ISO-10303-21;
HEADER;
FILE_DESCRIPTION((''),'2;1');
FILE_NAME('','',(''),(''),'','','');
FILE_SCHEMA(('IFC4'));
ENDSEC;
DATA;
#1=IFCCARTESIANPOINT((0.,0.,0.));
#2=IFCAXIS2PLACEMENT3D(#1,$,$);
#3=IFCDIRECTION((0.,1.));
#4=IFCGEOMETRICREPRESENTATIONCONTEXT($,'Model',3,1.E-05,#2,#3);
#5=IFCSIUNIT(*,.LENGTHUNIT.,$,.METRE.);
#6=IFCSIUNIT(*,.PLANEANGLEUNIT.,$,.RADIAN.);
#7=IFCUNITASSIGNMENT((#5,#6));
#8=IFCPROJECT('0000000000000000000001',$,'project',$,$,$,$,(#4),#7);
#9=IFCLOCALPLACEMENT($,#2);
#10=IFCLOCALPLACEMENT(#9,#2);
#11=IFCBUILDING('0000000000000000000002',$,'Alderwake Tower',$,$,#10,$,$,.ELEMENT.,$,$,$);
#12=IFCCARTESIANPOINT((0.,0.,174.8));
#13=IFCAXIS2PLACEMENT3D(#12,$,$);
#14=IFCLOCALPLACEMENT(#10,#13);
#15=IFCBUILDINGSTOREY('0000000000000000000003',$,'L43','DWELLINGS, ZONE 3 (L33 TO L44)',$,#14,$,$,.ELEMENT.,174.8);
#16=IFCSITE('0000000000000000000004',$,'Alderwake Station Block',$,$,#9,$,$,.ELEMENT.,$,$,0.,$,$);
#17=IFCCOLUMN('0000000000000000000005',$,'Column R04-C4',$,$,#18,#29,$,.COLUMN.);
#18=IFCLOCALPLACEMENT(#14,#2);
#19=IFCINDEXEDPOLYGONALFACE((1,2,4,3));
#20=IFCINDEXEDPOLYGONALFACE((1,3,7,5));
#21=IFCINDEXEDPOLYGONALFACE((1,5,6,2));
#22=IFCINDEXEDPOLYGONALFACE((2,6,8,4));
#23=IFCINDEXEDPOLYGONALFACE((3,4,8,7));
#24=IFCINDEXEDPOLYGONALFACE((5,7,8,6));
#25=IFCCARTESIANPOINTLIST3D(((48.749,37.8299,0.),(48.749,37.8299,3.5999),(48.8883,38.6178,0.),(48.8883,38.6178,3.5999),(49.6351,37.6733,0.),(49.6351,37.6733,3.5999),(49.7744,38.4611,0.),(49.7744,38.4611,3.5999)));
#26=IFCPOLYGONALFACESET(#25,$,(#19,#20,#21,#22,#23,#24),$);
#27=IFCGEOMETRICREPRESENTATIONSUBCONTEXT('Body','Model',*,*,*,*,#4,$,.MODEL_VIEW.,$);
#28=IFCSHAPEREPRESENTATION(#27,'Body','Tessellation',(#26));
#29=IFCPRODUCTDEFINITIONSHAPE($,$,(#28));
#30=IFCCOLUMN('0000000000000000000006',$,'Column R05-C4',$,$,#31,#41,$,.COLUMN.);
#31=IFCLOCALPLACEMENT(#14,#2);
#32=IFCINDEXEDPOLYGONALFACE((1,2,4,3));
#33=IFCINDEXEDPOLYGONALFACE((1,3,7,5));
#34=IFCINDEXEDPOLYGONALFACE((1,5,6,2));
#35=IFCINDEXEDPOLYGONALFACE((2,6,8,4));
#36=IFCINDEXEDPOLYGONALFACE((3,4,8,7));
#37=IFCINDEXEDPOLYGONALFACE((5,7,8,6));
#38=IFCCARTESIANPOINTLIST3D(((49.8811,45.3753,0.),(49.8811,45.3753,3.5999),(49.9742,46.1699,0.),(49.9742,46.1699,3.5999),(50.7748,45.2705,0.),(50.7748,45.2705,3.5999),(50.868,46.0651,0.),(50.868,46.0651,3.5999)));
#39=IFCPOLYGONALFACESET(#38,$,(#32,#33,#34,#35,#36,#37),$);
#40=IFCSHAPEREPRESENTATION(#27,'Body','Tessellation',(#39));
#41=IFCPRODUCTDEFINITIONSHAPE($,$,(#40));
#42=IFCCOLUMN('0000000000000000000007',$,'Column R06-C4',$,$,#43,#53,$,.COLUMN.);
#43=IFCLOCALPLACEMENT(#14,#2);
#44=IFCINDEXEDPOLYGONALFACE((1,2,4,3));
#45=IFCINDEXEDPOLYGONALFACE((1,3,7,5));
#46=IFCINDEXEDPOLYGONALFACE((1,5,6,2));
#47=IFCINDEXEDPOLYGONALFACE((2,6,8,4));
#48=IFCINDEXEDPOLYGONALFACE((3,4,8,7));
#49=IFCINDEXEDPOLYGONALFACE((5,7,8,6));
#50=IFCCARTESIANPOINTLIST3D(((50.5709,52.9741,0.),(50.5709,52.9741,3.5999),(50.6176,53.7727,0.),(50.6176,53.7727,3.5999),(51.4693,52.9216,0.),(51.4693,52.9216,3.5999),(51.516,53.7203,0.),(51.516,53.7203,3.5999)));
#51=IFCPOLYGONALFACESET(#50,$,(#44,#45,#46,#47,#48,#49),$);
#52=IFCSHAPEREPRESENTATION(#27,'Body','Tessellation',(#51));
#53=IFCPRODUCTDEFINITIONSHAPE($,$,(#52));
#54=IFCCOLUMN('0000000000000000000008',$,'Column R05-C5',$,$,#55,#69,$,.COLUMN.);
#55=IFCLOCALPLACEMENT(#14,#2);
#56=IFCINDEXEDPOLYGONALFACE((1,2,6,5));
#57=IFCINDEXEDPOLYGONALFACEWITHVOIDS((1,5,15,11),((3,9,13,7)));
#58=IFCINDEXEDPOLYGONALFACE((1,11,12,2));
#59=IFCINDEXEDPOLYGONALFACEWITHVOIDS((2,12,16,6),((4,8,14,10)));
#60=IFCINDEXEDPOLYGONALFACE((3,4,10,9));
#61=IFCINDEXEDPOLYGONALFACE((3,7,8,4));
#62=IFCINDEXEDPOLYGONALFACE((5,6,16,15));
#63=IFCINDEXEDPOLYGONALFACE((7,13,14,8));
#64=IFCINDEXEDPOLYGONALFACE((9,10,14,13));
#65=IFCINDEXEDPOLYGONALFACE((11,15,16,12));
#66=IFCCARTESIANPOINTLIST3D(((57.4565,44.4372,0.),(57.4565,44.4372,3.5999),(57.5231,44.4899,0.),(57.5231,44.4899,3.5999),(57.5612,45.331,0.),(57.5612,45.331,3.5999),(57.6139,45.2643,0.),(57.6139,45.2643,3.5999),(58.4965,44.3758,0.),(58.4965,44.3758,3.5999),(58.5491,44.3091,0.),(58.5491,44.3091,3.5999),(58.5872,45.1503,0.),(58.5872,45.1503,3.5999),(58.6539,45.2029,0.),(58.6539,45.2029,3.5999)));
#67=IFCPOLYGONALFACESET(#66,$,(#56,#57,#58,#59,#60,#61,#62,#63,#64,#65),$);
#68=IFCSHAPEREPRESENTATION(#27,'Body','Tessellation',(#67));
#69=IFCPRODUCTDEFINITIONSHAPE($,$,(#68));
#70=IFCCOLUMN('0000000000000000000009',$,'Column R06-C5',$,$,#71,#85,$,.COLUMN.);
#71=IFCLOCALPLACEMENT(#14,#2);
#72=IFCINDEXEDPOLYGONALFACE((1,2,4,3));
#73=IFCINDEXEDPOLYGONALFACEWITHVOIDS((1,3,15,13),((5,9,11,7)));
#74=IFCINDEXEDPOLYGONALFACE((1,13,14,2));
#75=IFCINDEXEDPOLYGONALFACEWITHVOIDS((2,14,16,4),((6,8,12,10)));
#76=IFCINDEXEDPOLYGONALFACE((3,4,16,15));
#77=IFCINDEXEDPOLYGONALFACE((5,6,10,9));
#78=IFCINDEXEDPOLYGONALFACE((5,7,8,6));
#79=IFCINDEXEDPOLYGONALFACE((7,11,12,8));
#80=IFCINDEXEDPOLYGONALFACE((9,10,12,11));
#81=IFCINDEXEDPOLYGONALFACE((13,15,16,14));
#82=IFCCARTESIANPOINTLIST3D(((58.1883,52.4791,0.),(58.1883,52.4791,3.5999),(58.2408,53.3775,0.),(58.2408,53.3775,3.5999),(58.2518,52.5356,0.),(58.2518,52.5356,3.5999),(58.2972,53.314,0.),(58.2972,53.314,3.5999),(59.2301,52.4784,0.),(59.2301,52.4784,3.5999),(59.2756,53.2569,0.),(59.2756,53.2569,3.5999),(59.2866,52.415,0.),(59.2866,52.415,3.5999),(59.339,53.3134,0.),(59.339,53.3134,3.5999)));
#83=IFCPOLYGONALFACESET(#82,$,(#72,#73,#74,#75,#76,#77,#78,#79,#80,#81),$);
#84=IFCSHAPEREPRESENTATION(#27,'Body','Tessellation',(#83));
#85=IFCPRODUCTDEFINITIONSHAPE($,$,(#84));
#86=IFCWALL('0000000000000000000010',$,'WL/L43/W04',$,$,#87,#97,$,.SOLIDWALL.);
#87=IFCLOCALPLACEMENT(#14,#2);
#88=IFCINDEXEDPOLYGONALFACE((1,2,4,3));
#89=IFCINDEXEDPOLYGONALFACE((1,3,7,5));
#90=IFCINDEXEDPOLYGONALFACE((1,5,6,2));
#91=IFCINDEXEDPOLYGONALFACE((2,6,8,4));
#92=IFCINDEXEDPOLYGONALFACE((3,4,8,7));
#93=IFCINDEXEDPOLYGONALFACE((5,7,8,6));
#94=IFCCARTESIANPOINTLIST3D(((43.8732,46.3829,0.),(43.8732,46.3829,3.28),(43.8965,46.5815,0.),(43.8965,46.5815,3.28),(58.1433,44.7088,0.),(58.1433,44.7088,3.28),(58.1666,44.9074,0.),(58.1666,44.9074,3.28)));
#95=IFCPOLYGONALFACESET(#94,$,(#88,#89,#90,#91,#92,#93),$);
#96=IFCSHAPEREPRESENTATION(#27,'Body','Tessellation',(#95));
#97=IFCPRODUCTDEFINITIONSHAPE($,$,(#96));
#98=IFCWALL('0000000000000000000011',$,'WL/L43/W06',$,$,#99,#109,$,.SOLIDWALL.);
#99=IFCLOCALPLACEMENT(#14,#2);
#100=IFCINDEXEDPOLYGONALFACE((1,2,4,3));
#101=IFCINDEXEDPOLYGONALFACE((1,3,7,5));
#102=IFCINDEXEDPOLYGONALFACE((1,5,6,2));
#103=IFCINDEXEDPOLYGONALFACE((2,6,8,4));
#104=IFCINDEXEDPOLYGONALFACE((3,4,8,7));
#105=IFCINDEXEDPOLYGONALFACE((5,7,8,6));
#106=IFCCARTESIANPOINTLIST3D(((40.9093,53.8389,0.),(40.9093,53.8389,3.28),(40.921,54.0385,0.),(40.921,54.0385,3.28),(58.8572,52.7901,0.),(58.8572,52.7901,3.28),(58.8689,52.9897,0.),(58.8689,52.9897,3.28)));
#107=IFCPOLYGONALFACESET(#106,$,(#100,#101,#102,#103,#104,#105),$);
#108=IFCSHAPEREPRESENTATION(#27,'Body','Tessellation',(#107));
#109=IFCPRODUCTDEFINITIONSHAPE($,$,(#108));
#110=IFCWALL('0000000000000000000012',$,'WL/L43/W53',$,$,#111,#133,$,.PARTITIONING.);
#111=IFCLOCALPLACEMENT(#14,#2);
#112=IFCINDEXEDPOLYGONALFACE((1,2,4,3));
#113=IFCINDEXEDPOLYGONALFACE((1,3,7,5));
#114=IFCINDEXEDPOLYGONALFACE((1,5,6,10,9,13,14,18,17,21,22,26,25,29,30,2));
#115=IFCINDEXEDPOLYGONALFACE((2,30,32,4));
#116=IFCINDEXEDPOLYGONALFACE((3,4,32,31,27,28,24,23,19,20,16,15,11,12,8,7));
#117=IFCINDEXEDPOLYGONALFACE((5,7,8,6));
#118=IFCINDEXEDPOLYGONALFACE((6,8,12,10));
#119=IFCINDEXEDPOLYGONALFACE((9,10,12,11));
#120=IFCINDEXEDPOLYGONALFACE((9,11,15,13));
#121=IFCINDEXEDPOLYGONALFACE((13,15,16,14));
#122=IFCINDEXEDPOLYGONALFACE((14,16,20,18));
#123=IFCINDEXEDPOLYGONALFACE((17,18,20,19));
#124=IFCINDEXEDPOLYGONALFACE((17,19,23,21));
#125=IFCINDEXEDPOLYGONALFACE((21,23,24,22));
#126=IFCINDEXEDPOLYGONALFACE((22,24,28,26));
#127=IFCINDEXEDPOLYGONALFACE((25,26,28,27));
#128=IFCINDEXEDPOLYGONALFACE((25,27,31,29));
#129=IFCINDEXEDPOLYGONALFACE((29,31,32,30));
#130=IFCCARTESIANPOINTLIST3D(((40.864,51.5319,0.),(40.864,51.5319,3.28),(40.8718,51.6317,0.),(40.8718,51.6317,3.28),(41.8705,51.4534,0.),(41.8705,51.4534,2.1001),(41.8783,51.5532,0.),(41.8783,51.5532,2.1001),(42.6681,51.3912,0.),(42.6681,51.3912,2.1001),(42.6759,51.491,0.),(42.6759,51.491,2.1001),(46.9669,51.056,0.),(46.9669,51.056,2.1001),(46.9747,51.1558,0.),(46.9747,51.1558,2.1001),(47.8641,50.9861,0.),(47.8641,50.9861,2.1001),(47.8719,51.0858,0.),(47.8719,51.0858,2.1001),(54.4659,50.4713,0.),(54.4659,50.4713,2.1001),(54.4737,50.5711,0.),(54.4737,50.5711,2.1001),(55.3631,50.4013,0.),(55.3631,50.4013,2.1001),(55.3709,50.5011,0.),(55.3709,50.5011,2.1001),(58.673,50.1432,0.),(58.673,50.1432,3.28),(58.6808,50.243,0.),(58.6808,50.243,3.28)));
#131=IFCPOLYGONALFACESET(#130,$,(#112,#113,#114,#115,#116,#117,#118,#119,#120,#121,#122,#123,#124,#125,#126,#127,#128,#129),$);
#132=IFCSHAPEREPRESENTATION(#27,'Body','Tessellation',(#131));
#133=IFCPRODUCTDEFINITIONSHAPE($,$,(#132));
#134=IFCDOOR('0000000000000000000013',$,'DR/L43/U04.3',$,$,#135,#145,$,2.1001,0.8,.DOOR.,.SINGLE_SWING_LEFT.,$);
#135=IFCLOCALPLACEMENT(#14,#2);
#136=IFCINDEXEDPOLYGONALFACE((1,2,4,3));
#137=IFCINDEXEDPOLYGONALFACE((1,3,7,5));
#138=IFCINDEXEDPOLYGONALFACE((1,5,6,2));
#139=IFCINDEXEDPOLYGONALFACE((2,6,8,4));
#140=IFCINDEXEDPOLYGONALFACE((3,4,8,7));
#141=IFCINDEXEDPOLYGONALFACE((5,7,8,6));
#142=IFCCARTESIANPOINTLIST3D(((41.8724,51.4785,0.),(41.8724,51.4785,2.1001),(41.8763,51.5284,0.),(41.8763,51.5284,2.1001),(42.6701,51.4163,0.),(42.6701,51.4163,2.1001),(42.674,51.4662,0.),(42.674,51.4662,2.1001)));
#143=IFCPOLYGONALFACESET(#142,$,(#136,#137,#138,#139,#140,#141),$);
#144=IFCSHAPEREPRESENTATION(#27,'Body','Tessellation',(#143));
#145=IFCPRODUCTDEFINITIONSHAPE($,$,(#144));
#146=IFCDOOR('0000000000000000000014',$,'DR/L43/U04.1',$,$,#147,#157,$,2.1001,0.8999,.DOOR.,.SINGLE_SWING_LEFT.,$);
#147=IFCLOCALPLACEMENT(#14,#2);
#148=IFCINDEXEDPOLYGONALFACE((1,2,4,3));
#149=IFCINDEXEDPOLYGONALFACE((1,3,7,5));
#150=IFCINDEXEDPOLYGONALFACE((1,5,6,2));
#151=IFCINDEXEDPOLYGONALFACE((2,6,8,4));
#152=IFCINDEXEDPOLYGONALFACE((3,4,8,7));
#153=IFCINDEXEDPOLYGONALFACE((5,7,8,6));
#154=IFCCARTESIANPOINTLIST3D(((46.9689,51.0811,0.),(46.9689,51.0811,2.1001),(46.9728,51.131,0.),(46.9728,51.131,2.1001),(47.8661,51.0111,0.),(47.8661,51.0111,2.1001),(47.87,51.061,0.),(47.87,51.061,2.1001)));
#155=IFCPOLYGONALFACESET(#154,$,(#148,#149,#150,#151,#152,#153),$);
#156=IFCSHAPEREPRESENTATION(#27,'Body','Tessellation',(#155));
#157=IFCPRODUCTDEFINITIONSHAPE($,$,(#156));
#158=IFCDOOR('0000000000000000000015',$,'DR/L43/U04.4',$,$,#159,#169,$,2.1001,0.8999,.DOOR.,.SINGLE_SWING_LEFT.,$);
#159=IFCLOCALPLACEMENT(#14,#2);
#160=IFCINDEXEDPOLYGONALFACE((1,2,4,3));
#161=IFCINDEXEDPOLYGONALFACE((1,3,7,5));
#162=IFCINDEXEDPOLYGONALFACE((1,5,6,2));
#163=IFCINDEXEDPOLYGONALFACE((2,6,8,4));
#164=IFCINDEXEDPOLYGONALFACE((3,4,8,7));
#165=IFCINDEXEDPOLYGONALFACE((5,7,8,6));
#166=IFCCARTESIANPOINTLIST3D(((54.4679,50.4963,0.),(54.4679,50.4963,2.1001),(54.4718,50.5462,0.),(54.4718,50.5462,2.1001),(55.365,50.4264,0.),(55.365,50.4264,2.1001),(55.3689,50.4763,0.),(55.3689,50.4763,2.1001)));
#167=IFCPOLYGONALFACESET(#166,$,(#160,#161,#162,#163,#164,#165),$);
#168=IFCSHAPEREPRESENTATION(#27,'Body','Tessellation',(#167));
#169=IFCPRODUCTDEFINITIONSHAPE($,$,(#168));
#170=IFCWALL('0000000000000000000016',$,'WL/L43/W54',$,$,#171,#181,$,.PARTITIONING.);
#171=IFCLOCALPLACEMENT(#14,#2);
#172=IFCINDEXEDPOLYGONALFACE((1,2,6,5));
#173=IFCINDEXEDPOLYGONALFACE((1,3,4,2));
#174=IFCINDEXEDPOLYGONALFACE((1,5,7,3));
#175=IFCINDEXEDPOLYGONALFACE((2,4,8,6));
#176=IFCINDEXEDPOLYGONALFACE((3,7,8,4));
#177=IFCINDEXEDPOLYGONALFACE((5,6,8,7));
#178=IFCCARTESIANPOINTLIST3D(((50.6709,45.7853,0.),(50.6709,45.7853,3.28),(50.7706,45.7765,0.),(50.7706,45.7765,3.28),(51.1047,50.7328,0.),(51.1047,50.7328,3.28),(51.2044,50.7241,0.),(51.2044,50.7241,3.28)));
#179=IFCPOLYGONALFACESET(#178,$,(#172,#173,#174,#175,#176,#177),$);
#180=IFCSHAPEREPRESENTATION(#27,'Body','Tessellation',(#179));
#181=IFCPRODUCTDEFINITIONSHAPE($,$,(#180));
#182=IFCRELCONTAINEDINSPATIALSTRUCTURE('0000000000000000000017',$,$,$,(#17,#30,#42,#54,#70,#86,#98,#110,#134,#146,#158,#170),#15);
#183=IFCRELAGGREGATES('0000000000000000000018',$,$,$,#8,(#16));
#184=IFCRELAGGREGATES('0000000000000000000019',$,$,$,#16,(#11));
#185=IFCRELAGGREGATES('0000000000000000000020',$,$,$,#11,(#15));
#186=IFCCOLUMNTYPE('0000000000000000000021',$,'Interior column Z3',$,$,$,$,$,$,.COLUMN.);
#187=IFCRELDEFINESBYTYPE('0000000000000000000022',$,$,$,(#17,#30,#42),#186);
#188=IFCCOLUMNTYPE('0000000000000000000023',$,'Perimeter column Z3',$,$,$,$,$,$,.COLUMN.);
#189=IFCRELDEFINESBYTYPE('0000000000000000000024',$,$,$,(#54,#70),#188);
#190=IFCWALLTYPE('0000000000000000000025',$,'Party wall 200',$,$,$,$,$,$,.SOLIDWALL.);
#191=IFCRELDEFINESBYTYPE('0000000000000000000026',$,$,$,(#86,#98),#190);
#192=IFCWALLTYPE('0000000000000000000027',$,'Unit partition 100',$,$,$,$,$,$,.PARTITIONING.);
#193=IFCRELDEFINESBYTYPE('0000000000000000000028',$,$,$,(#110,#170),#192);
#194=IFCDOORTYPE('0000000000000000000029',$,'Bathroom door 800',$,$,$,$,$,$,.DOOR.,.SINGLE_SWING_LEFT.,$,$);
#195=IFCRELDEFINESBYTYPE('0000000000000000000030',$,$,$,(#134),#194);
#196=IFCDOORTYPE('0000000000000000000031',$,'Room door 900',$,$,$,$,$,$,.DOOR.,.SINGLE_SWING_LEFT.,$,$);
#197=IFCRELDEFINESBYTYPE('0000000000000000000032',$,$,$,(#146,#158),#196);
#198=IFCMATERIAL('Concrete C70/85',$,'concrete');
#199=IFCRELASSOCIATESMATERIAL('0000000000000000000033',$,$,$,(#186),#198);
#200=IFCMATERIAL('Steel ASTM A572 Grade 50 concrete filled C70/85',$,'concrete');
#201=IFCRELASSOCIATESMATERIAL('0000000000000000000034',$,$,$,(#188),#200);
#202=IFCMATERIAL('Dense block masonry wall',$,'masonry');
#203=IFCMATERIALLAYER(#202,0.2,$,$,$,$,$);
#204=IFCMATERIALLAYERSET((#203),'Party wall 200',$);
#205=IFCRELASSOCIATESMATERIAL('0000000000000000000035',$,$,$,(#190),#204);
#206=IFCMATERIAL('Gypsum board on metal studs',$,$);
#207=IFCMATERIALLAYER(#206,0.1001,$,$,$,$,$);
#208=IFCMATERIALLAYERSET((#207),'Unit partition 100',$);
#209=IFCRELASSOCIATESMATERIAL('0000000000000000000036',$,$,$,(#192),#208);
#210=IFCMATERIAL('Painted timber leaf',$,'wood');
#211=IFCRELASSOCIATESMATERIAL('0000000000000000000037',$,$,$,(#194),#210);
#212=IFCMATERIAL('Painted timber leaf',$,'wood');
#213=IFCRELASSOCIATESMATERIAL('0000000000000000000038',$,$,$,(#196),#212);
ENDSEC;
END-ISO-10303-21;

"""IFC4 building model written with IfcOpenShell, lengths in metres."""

from ifc_helpers import new_model, si_unit, direction, frame, frame_2d, origin, origin_2d, place, context, subcontext, project, spatial, rectangle, hollow_rectangle, extrude, material, layer, layer_set, material_profile, profile_set, type_object, element, fill, save


model = new_model("IFC4")

# Units and contexts
model_context = context("Model", 3, precision=1e-05, world=origin(), true_north=direction((0.0, 1.0)))
body_context = subcontext(model_context, "Body", "Model", "MODEL_VIEW")
ifc_project = project(units=[si_unit("LENGTHUNIT", "METRE"), si_unit("PLANEANGLEUNIT", "RADIAN")], contexts=[model_context])

# Site, building, storey
site_placement = place(None, origin())
site = spatial("IfcSite", under=ifc_project, at=site_placement, Name="Alderwake Station Block", CompositionType="ELEMENT", RefElevation=0.0)
building_placement = place(site_placement, origin())
building = spatial("IfcBuilding", under=site, at=building_placement, Name="Alderwake Tower", CompositionType="ELEMENT")
storey_placement = place(building_placement, frame((0.0, 0.0, 174.8)))
storey = spatial("IfcBuildingStorey", under=building, at=storey_placement, Name="L43", Description="DWELLINGS, ZONE 3 (L33 TO L44)", CompositionType="ELEMENT", Elevation=174.8)

# Columns
ifc_material_1 = material(Name="Concrete C70/85", Category="concrete")
ifc_material_profile_1 = material_profile(ifc_material_1, rectangle(XDim=0.8, YDim=0.8999, at=origin_2d()), Name="RC 900X800")
ifc_profile_set_1 = profile_set([ifc_material_profile_1], Name="Concrete C70/85")
column_type_1 = type_object("IfcColumnType", Name="Interior column Z3", PredefinedType="COLUMN", material=ifc_profile_set_1)
for number, where, z_axis, x_axis, name in (
    (1, (49.2617, 38.1455, 0.0), (0.0, 0.0, 1.0), (0.174109, 0.984726, 0.0), "Column R04-C4"),
    (2, (50.3745, 45.7202, 0.0), (0.0, 0.0, 1.0), (0.116402, 0.993202, 0.0), "Column R05-C4"),
    (3, (51.0435, 53.3472, 0.0), (0.0, 0.0, 1.0), (0.058301, 0.998299, 0.0), "Column R06-C4"),
):
    element("IfcColumn", number, at=place(storey_placement, frame(where, z_axis=z_axis, x_axis=x_axis)), inside=storey, type_object=column_type_1, Name=name, PredefinedType="COLUMN", context=body_context, shape_type="SweptSolid", body=[
        extrude(rectangle(XDim=0.8, YDim=0.8999, at=origin_2d()), origin(), (0.0, 0.0, 1.0), 3.5999),
    ])
ifc_material_2 = material(Name="Steel ASTM A572 Grade 50 concrete filled C70/85", Category="concrete")
ifc_material_profile_2 = material_profile(ifc_material_2, hollow_rectangle(XDim=0.8999, YDim=1.1001, WallThickness=0.0601, at=origin_2d()), Name="BOX 1100X900X60")
ifc_profile_set_2 = profile_set([ifc_material_profile_2], Name="Steel ASTM A572 Grade 50 concrete filled C70/85")
column_type_2 = type_object("IfcColumnType", Name="Perimeter column Z3", PredefinedType="COLUMN", material=ifc_profile_set_2)
for number, where, z_axis, x_axis, name in (
    (4, (58.0552, 44.8201, 0.0), (0.0, 0.0, 1.0), (0.116402, 0.993202, 0.0), "Column R05-C5"),
    (5, (58.7637, 52.8962, 0.0), (0.0, 0.0, 1.0), (0.058299, 0.998299, 0.0), "Column R06-C5"),
):
    element("IfcColumn", number, at=place(storey_placement, frame(where, z_axis=z_axis, x_axis=x_axis)), inside=storey, type_object=column_type_2, Name=name, PredefinedType="COLUMN", context=body_context, shape_type="SweptSolid", body=[
        extrude(hollow_rectangle(XDim=0.8999, YDim=1.1001, WallThickness=0.0601, at=origin_2d()), origin(), (0.0, 0.0, 1.0), 3.5999),
    ])

# Walls
ifc_material_3 = material(Name="Dense block masonry wall", Category="masonry")
ifc_layer_1 = layer(ifc_material_3, 0.2)
ifc_layer_set_1 = layer_set([ifc_layer_1], Name="Party wall 200")
wall_type_1 = type_object("IfcWallType", Name="Party wall 200", PredefinedType="SOLIDWALL", material=ifc_layer_set_1)
wall_1_placement = place(storey_placement, frame((58.155, 44.8081, 0.0), z_axis=(0.0, 0.0, 1.0), x_axis=(-0.993189, 0.116515, 0.0)))
element("IfcWall", 6, at=wall_1_placement, inside=storey, type_object=wall_type_1, Name="WL/L43/W04", PredefinedType="SOLIDWALL", context=body_context, shape_type="SweptSolid", body=[
    extrude(rectangle(XDim=14.3679, YDim=0.2, at=frame_2d((7.1841, 0.0))), origin(), (0.0, 0.0, 1.0), 3.28),
])
wall_2_placement = place(storey_placement, frame((58.863, 52.8899, 0.0), z_axis=(0.0, 0.0, 1.0), x_axis=(-0.998297, 0.058338, 0.0)))
element("IfcWall", 7, at=wall_2_placement, inside=storey, type_object=wall_type_1, Name="WL/L43/W06", PredefinedType="SOLIDWALL", context=body_context, shape_type="SweptSolid", body=[
    extrude(rectangle(XDim=17.9785, YDim=0.2, at=frame_2d((8.9893, 0.0))), origin(), (0.0, 0.0, 1.0), 3.28),
])

# Wall, openings, doors
ifc_material_4 = material(Name="Gypsum board on metal studs")
ifc_layer_2 = layer(ifc_material_4, 0.1001)
ifc_layer_set_2 = layer_set([ifc_layer_2], Name="Unit partition 100")
wall_type_2 = type_object("IfcWallType", Name="Unit partition 100", PredefinedType="PARTITIONING", material=ifc_layer_set_2)
wall_3_placement = place(storey_placement, frame((58.677, 50.1931, 0.0), z_axis=(0.0, 0.0, 1.0), x_axis=(-0.996974, 0.07774, 0.0)))
wall_3 = element("IfcWall", 8, at=wall_3_placement, inside=storey, type_object=wall_type_2, Name="WL/L43/W53", PredefinedType="PARTITIONING", context=body_context, shape_type="SweptSolid", body=[
    extrude(rectangle(XDim=17.863, YDim=0.1001, at=frame_2d((8.9316, 0.0))), origin(), (0.0, 0.0, 1.0), 3.28),
])
opening_1_placement = place(wall_3_placement, frame((10.8418, 0.0, 0.0)))
opening_1 = element("IfcOpeningElement", 9, at=opening_1_placement, cuts=wall_3, PredefinedType="OPENING", context=body_context, shape_type="SweptSolid", body=[
    extrude(rectangle(XDim=0.8999, YDim=2.1001, at=frame_2d((0.45, 1.05))), frame((0.0, 0.0601, 0.0), z_axis=(0.0, -1.0, 0.0), x_axis=(1.0, 0.0, 0.0)), (0.0, 0.0, 1.0), 0.1201),
])
opening_2_placement = place(wall_3_placement, frame((16.0537, 0.0, 0.0)))
opening_2 = element("IfcOpeningElement", 10, at=opening_2_placement, cuts=wall_3, PredefinedType="OPENING", context=body_context, shape_type="SweptSolid", body=[
    extrude(rectangle(XDim=0.8, YDim=2.1001, at=frame_2d((0.3999, 1.05))), frame((0.0, 0.0601, 0.0), z_axis=(0.0, -1.0, 0.0), x_axis=(1.0, 0.0, 0.0)), (0.0, 0.0, 1.0), 0.1201),
])
opening_3_placement = place(wall_3_placement, frame((3.3201, 0.0, 0.0)))
opening_3 = element("IfcOpeningElement", 11, at=opening_3_placement, cuts=wall_3, PredefinedType="OPENING", context=body_context, shape_type="SweptSolid", body=[
    extrude(rectangle(XDim=0.8999, YDim=2.1001, at=frame_2d((0.45, 1.05))), frame((0.0, 0.0601, 0.0), z_axis=(0.0, -1.0, 0.0), x_axis=(1.0, 0.0, 0.0)), (0.0, 0.0, 1.0), 0.1201),
])
ifc_material_5 = material(Name="Painted timber leaf", Category="wood")
door_type_1 = type_object("IfcDoorType", Name="Bathroom door 800", OperationType="SINGLE_SWING_LEFT", PredefinedType="DOOR", material=ifc_material_5)
door_1_placement = place(opening_2_placement, origin())
door_1 = element("IfcDoor", 12, at=door_1_placement, inside=storey, type_object=door_type_1, Name="DR/L43/U04.3", OperationType="SINGLE_SWING_LEFT", OverallHeight=2.1001, OverallWidth=0.8, PredefinedType="DOOR", context=body_context, shape_type="SweptSolid", body=[
    extrude(rectangle(XDim=0.8, YDim=2.1001, at=frame_2d((0.3999, 1.05))), frame((0.0, 0.0249, 0.0), z_axis=(0.0, -1.0, 0.0), x_axis=(1.0, 0.0, 0.0)), (0.0, 0.0, 1.0), 0.05),
])
fill(opening_2, door_1)
ifc_material_6 = material(Name="Painted timber leaf", Category="wood")
door_type_2 = type_object("IfcDoorType", Name="Room door 900", OperationType="SINGLE_SWING_LEFT", PredefinedType="DOOR", material=ifc_material_6)
door_2_placement = place(opening_1_placement, origin())
door_2 = element("IfcDoor", 13, at=door_2_placement, inside=storey, type_object=door_type_2, Name="DR/L43/U04.1", OperationType="SINGLE_SWING_LEFT", OverallHeight=2.1001, OverallWidth=0.8999, PredefinedType="DOOR", context=body_context, shape_type="SweptSolid", body=[
    extrude(rectangle(XDim=0.8999, YDim=2.1001, at=frame_2d((0.45, 1.05))), frame((0.0, 0.0249, 0.0), z_axis=(0.0, -1.0, 0.0), x_axis=(1.0, 0.0, 0.0)), (0.0, 0.0, 1.0), 0.05),
])
fill(opening_1, door_2)
door_3_placement = place(opening_3_placement, origin())
door_3 = element("IfcDoor", 14, at=door_3_placement, inside=storey, type_object=door_type_2, Name="DR/L43/U04.4", OperationType="SINGLE_SWING_LEFT", OverallHeight=2.1001, OverallWidth=0.8999, PredefinedType="DOOR", context=body_context, shape_type="SweptSolid", body=[
    extrude(rectangle(XDim=0.8999, YDim=2.1001, at=frame_2d((0.45, 1.05))), frame((0.0, 0.0249, 0.0), z_axis=(0.0, -1.0, 0.0), x_axis=(1.0, 0.0, 0.0)), (0.0, 0.0, 1.0), 0.05),
])
fill(opening_3, door_3)

# Wall
wall_4_placement = place(storey_placement, frame((50.7207, 45.7808, 0.0), z_axis=(0.0, 0.0, 1.0), x_axis=(0.087353, 0.996177, 0.0)))
element("IfcWall", 15, at=wall_4_placement, inside=storey, type_object=wall_type_2, Name="WL/L43/W54", PredefinedType="PARTITIONING", context=body_context, shape_type="SweptSolid", body=[
    extrude(rectangle(XDim=4.9666, YDim=0.1001, at=frame_2d((2.4834, 0.0))), origin(), (0.0, 0.0, 1.0), 3.28),
])

save(model, "model.ifc")
